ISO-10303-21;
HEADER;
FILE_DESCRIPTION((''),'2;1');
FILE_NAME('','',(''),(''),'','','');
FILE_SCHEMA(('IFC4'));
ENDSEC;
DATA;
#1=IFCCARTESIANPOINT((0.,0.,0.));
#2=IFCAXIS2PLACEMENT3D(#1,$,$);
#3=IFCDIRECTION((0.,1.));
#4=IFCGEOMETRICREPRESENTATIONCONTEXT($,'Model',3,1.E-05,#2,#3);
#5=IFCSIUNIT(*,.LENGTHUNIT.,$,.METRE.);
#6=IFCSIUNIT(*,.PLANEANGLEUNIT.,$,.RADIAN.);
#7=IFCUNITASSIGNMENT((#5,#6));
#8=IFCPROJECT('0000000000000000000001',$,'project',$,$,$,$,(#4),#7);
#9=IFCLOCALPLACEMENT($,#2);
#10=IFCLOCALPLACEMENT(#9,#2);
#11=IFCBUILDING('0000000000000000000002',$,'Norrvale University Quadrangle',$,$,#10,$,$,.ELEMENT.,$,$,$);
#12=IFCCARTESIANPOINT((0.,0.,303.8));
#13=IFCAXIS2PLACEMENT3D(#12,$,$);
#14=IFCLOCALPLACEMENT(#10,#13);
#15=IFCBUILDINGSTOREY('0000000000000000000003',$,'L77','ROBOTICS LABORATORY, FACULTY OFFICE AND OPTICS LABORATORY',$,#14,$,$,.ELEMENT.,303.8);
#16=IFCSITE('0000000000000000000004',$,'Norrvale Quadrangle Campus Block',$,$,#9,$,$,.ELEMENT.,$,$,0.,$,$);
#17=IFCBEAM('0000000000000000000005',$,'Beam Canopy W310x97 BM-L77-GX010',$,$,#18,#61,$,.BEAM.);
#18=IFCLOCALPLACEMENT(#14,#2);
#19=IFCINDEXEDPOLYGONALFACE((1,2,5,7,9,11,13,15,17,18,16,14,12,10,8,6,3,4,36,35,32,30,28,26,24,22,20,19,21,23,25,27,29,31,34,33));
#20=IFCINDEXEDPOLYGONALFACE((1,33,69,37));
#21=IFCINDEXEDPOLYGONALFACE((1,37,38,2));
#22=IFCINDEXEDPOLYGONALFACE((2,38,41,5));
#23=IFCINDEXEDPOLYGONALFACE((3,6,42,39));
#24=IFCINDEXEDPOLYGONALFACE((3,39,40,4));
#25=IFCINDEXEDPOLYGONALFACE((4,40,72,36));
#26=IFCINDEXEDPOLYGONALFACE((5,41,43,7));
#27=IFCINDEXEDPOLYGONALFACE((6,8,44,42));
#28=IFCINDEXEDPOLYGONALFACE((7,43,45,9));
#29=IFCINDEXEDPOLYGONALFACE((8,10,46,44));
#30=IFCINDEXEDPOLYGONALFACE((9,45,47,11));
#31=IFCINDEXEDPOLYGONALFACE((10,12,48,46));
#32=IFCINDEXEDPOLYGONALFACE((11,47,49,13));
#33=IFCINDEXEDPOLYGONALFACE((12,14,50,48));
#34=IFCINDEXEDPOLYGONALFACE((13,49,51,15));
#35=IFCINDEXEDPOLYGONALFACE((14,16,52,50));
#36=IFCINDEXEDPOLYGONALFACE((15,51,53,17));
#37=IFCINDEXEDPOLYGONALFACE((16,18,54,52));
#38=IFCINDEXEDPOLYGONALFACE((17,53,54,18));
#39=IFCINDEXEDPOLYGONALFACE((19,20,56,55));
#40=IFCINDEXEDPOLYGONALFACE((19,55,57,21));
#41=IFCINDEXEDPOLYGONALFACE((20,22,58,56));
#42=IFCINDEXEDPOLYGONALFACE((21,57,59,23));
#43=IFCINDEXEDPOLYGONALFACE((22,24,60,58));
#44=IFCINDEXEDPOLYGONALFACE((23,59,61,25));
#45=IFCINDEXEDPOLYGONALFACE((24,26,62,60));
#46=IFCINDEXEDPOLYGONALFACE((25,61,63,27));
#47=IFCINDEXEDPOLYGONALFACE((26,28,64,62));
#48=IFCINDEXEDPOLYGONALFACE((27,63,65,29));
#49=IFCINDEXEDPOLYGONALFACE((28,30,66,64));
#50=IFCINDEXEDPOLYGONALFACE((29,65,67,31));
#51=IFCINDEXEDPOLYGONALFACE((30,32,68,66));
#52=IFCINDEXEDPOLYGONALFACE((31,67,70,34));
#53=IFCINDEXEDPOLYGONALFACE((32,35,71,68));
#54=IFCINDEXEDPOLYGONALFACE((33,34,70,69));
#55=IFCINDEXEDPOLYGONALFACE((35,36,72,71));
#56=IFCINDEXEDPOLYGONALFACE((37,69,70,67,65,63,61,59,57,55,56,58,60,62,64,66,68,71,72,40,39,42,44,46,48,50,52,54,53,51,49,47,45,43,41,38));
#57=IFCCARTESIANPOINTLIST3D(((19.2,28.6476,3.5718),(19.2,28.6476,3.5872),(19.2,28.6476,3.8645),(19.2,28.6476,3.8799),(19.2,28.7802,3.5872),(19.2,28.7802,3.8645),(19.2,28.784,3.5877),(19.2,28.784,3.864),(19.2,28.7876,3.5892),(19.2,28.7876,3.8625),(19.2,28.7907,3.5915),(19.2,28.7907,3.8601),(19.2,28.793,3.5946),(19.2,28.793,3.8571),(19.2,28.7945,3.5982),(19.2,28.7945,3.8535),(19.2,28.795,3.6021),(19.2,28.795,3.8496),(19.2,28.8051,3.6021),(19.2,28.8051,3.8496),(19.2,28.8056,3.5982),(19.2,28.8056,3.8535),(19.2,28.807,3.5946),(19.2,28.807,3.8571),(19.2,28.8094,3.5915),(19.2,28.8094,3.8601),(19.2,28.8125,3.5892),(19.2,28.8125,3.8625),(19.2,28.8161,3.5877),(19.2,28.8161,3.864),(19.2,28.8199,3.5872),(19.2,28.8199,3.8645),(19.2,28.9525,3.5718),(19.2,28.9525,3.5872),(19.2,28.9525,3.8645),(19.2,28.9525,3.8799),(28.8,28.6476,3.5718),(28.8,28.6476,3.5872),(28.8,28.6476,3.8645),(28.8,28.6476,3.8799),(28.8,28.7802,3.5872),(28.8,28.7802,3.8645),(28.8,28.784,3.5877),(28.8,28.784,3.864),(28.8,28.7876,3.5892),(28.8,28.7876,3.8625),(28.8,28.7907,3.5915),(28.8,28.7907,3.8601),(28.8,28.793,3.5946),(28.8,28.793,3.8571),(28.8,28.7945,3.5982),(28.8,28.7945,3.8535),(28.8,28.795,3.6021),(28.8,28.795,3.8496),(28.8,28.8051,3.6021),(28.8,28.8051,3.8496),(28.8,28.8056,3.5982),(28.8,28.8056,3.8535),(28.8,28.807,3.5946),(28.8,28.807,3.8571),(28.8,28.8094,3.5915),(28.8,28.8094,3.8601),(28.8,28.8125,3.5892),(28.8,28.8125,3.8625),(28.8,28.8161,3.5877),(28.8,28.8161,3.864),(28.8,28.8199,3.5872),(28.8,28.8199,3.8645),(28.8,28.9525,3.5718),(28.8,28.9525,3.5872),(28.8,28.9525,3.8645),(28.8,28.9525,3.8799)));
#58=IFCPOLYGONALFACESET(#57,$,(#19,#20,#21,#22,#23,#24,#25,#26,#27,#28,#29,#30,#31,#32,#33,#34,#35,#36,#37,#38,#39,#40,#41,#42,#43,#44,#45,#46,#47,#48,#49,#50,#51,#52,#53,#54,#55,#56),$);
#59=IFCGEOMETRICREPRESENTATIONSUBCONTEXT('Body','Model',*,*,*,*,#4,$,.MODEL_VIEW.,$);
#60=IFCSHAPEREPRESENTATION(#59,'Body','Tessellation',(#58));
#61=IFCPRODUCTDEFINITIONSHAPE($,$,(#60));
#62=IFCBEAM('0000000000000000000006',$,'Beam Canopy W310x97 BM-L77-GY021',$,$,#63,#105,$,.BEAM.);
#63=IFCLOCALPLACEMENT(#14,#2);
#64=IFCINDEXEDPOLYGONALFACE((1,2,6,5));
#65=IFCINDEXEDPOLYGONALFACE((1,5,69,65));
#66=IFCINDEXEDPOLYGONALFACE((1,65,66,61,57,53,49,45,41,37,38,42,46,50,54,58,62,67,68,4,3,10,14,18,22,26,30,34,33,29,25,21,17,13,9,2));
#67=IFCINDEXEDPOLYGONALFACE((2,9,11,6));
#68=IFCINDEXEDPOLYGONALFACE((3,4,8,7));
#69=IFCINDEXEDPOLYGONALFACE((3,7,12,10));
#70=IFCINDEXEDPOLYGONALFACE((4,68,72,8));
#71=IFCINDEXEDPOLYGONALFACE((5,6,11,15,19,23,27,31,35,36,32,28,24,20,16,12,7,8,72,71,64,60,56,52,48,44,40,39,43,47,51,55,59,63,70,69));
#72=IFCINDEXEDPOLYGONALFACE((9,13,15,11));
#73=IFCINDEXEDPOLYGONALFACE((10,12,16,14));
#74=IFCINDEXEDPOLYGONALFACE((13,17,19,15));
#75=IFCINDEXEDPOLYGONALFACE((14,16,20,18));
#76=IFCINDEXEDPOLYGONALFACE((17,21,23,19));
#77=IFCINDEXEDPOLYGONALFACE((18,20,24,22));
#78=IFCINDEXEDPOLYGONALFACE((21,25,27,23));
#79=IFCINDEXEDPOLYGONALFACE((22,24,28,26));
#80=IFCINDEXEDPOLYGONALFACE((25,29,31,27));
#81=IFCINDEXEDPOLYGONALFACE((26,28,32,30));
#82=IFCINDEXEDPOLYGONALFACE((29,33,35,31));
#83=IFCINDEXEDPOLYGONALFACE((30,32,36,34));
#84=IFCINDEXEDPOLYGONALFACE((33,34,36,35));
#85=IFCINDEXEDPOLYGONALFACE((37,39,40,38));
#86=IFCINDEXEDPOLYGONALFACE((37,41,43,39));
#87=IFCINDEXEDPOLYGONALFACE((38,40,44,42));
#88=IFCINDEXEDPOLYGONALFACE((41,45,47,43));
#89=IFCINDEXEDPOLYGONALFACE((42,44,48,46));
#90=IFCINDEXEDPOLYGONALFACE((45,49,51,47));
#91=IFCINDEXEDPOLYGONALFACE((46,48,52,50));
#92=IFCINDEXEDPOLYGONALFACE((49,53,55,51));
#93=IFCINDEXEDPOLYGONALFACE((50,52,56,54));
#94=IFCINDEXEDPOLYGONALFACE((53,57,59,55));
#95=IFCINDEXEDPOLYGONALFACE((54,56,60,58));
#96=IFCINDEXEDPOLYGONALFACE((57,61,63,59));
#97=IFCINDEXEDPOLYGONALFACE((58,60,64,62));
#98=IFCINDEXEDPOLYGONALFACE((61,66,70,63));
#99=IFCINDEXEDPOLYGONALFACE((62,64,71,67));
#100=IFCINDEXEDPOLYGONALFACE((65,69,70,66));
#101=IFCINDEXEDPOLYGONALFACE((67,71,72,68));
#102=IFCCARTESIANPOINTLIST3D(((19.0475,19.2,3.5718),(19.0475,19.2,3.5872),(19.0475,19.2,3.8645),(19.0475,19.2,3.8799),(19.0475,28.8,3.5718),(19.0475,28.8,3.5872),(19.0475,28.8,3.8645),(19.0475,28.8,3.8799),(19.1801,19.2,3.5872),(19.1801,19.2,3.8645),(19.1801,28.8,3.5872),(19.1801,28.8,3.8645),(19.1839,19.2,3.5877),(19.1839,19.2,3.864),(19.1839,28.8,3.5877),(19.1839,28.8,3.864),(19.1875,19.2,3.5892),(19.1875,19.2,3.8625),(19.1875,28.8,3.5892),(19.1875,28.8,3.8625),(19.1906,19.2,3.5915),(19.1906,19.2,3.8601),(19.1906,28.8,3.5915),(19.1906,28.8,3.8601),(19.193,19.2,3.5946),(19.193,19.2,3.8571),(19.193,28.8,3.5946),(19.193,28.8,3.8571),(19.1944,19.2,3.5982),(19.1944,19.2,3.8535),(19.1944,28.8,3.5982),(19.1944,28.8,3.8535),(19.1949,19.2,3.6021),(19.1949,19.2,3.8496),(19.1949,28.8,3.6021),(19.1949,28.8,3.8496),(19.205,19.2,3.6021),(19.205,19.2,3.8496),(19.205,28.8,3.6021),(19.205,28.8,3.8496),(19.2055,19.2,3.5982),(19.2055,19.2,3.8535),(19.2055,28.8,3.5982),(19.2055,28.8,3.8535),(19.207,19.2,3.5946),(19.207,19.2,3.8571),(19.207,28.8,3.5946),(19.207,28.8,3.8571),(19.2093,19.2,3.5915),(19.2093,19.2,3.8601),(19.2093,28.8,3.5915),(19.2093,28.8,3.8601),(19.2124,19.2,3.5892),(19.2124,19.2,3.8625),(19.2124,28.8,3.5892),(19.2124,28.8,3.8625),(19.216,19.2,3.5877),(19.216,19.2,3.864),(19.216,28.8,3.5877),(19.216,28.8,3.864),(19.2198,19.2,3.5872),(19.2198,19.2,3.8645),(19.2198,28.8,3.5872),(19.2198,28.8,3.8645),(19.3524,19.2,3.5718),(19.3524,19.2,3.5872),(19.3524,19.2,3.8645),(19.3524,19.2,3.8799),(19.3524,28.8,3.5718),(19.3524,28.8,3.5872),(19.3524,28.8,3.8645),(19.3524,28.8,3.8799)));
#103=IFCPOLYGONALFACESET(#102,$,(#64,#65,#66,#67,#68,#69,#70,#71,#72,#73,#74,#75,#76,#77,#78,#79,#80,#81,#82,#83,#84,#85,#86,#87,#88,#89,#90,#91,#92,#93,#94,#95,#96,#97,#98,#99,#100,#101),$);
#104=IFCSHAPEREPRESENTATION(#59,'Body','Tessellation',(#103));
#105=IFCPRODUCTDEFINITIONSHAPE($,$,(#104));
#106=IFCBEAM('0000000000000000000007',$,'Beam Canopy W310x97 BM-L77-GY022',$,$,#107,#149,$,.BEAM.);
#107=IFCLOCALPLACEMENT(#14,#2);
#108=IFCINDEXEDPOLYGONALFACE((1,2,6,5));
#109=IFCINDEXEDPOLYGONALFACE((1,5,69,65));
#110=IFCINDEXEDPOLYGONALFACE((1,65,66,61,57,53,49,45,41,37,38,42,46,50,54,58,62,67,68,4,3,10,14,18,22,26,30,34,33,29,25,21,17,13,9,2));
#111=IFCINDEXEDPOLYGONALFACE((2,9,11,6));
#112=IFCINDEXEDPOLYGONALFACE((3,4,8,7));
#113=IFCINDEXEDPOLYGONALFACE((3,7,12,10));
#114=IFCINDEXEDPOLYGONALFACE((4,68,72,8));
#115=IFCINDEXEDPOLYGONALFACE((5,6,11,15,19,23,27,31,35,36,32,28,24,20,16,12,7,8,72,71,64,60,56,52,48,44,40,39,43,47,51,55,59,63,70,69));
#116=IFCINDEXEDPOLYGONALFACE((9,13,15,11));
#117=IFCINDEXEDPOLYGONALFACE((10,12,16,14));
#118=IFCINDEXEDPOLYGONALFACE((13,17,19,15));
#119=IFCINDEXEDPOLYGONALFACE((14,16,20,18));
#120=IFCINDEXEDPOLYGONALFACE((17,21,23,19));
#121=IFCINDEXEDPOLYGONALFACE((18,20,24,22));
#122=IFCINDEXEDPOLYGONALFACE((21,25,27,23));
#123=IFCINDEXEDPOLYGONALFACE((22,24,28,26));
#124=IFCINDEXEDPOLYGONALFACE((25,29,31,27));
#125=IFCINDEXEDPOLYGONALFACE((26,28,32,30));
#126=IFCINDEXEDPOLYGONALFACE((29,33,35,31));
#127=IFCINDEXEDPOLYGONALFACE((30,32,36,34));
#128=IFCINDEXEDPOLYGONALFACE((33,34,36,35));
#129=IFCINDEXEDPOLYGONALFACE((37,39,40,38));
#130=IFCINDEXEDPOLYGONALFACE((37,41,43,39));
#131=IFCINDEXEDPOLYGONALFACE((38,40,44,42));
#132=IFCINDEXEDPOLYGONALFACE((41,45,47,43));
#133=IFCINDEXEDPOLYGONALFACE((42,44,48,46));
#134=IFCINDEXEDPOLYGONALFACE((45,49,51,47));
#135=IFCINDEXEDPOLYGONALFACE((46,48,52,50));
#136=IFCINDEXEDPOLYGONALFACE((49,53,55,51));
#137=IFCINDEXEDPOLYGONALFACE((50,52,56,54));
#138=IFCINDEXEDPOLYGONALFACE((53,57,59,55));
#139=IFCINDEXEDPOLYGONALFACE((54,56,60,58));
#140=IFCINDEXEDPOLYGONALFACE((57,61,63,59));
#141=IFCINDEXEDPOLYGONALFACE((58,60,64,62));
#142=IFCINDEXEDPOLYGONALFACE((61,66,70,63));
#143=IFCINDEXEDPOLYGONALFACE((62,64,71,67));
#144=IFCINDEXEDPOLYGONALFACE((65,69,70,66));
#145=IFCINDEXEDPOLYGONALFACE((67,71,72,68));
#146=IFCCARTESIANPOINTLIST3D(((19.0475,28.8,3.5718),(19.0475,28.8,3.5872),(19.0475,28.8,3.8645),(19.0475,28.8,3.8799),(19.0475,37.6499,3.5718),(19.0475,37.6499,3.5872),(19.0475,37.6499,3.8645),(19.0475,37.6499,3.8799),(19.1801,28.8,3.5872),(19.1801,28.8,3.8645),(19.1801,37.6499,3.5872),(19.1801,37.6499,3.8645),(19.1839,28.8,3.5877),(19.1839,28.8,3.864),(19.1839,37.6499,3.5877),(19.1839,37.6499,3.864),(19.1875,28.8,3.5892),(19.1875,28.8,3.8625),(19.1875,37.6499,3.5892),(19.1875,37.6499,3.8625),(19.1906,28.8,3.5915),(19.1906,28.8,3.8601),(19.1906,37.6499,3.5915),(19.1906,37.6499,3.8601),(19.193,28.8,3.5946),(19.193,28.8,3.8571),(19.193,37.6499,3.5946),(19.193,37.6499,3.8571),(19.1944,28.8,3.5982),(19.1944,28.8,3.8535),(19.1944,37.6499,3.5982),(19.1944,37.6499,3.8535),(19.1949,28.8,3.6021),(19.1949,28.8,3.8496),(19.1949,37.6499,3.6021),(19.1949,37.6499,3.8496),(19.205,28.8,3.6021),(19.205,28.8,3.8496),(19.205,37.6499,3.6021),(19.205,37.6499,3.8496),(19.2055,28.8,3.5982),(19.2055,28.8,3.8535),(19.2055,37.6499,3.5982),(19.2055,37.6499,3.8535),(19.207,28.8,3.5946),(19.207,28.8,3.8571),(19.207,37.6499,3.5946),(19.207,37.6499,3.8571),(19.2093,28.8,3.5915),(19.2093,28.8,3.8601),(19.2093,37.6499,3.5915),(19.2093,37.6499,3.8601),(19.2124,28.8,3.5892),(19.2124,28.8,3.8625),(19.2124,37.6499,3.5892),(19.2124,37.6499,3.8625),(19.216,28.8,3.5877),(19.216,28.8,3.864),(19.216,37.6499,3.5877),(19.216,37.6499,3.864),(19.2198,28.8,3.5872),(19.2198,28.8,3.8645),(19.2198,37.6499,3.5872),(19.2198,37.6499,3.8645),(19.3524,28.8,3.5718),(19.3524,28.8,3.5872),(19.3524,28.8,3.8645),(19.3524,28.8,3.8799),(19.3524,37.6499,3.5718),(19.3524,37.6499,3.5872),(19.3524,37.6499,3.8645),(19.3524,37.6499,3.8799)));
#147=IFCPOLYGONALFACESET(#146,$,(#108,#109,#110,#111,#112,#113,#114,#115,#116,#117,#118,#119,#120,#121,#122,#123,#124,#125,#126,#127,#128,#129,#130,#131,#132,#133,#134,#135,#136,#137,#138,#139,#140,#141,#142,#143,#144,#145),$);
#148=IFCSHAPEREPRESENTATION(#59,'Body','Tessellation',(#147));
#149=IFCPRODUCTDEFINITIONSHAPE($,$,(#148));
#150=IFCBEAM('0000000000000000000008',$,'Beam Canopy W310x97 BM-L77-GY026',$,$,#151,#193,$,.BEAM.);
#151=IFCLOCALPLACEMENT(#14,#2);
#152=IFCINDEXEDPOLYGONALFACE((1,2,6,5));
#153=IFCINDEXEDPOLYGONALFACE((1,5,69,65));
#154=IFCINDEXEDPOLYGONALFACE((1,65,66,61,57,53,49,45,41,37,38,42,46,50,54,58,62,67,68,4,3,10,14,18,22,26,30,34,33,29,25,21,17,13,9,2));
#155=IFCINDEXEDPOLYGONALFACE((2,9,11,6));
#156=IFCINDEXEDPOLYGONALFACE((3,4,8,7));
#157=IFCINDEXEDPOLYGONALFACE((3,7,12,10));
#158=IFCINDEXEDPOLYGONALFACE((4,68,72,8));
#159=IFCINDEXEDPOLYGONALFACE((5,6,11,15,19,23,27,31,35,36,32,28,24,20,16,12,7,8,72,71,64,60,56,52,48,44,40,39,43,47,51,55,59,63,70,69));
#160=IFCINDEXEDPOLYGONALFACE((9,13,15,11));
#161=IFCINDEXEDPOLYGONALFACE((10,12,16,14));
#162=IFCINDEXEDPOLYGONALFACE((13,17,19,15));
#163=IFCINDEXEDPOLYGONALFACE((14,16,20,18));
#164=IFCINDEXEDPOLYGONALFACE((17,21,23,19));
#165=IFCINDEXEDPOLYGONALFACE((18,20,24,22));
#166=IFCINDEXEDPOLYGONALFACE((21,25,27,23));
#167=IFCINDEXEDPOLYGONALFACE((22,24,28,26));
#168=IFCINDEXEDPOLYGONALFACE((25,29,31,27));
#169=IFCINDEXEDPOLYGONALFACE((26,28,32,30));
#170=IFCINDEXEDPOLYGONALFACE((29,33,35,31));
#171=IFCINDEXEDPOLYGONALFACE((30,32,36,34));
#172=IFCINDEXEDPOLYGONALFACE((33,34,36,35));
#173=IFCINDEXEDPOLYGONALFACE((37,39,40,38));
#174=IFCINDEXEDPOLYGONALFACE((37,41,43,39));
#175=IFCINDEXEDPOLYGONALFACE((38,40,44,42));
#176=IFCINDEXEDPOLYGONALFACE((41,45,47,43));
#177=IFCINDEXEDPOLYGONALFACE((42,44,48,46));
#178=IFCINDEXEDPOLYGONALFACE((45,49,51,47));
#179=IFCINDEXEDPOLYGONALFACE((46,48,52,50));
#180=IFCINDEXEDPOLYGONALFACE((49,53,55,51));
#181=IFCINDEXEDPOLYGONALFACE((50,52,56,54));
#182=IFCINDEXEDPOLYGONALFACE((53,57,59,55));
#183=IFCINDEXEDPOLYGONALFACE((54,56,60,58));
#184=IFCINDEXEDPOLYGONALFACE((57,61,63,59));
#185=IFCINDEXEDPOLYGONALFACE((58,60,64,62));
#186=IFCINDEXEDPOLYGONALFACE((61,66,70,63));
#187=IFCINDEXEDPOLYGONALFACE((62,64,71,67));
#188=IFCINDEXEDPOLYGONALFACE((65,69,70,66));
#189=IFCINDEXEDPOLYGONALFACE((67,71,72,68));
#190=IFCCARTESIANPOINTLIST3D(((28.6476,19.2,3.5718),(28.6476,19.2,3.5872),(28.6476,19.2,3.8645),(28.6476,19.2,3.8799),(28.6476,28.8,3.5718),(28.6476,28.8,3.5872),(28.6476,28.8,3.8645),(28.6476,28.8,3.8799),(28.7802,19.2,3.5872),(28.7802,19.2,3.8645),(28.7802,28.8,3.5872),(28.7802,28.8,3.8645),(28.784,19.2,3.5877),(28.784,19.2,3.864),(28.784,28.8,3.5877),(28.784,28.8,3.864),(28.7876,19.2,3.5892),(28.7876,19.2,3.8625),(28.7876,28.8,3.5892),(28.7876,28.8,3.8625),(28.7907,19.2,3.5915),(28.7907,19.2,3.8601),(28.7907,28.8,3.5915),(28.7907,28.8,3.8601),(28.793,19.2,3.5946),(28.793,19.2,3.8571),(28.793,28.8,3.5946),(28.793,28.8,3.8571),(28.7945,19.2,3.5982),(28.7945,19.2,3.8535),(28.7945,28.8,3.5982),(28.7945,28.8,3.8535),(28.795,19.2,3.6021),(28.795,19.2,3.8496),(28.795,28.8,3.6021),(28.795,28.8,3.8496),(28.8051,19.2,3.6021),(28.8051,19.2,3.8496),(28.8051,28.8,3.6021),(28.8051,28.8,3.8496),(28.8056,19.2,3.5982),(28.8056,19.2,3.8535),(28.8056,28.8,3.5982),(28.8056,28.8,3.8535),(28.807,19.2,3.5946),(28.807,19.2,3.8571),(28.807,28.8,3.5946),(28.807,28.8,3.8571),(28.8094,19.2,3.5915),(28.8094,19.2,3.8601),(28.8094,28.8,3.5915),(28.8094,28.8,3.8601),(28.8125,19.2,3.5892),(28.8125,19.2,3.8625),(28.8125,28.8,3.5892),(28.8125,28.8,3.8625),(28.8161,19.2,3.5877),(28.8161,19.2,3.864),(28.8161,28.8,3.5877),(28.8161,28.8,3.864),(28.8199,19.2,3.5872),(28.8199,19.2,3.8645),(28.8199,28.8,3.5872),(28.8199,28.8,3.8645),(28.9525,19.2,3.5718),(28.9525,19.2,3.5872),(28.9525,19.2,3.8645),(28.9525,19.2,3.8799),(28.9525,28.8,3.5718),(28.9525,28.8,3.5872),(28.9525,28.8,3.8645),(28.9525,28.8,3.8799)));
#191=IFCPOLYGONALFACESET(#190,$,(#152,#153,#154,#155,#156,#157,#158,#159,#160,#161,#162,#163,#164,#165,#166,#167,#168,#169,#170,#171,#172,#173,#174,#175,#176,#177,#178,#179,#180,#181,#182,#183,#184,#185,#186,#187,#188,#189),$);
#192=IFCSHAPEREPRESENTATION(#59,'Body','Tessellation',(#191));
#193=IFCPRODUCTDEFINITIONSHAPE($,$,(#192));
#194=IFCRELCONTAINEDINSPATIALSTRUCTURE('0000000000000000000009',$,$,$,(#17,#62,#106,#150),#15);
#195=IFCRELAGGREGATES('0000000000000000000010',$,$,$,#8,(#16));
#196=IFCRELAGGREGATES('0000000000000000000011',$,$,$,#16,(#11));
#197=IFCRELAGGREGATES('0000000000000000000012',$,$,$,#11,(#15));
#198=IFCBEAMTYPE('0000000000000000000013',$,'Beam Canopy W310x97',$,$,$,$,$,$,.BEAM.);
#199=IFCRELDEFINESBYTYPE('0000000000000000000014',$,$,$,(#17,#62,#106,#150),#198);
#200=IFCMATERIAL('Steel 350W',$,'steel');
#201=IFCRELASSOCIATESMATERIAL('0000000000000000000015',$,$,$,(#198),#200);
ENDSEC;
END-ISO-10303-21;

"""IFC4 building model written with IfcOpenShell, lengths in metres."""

from ifc_helpers import new_model, si_unit, direction, frame, origin, origin_2d, place, context, subcontext, project, spatial, i_section, extrude, material, material_profile, profile_set, type_object, element, save


model = new_model("IFC4")

# Units and contexts
model_context = context("Model", 3, precision=1e-05, world=origin(), true_north=direction((0.0, 1.0)))
body_context = subcontext(model_context, "Body", "Model", "MODEL_VIEW")
ifc_project = project(units=[si_unit("LENGTHUNIT", "METRE"), si_unit("PLANEANGLEUNIT", "RADIAN")], contexts=[model_context])

# Site, building, storey
site_placement = place(None, origin())
site = spatial("IfcSite", under=ifc_project, at=site_placement, Name="Norrvale Quadrangle Campus Block", CompositionType="ELEMENT", RefElevation=0.0)
building_placement = place(site_placement, origin())
building = spatial("IfcBuilding", under=site, at=building_placement, Name="Norrvale University Quadrangle", CompositionType="ELEMENT")
storey_placement = place(building_placement, frame((0.0, 0.0, 303.8)))
storey = spatial("IfcBuildingStorey", under=building, at=storey_placement, Name="L77", Description="ROBOTICS LABORATORY, FACULTY OFFICE AND OPTICS LABORATORY", CompositionType="ELEMENT", Elevation=303.8)

# Beams
ifc_material_1 = material(Name="Steel 350W", Category="steel")
ifc_material_profile_1 = material_profile(ifc_material_1, i_section(OverallWidth=0.3049, OverallDepth=0.3081, WebThickness=0.01, FlangeThickness=0.0154, FilletRadius=0.0149, at=origin_2d()), Name="Steel 350W")
ifc_profile_set_1 = profile_set([ifc_material_profile_1], Name="Steel 350W")
beam_type_1 = type_object("IfcBeamType", Name="Beam Canopy W310x97", PredefinedType="BEAM", material=ifc_profile_set_1)
for number, where, z_axis, x_axis, name in (
    (1, (19.2, 28.8, 3.7258), (1.0, 0.0, 0.0), (0.0, 1.0, 0.0), "Beam Canopy W310x97 BM-L77-GX010"),
    (2, (19.2, 19.2, 3.7258), (0.0, 1.0, 0.0), (-1.0, 0.0, 0.0), "Beam Canopy W310x97 BM-L77-GY021"),
):
    element("IfcBeam", number, at=place(storey_placement, frame(where, z_axis=z_axis, x_axis=x_axis)), inside=storey, type_object=beam_type_1, Name=name, PredefinedType="BEAM", context=body_context, shape_type="SweptSolid", body=[
        extrude(i_section(OverallWidth=0.3049, OverallDepth=0.3081, WebThickness=0.01, FlangeThickness=0.0154, FilletRadius=0.0149, at=origin_2d()), origin(), (0.0, 0.0, 1.0), 9.6001),
    ])
beam_1_placement = place(storey_placement, frame((19.2, 28.8, 3.7258), z_axis=(0.0, 1.0, 0.0), x_axis=(-1.0, 0.0, 0.0)))
element("IfcBeam", 3, at=beam_1_placement, inside=storey, type_object=beam_type_1, Name="Beam Canopy W310x97 BM-L77-GY022", PredefinedType="BEAM", context=body_context, shape_type="SweptSolid", body=[
    extrude(i_section(OverallWidth=0.3049, OverallDepth=0.3081, WebThickness=0.01, FlangeThickness=0.0154, FilletRadius=0.0149, at=origin_2d()), origin(), (0.0, 0.0, 1.0), 8.8499),
])
beam_2_placement = place(storey_placement, frame((28.8, 19.2, 3.7258), z_axis=(0.0, 1.0, 0.0), x_axis=(-1.0, 0.0, 0.0)))
element("IfcBeam", 4, at=beam_2_placement, inside=storey, type_object=beam_type_1, Name="Beam Canopy W310x97 BM-L77-GY026", PredefinedType="BEAM", context=body_context, shape_type="SweptSolid", body=[
    extrude(i_section(OverallWidth=0.3049, OverallDepth=0.3081, WebThickness=0.01, FlangeThickness=0.0154, FilletRadius=0.0149, at=origin_2d()), origin(), (0.0, 0.0, 1.0), 9.6001),
])

save(model, "model.ifc")
